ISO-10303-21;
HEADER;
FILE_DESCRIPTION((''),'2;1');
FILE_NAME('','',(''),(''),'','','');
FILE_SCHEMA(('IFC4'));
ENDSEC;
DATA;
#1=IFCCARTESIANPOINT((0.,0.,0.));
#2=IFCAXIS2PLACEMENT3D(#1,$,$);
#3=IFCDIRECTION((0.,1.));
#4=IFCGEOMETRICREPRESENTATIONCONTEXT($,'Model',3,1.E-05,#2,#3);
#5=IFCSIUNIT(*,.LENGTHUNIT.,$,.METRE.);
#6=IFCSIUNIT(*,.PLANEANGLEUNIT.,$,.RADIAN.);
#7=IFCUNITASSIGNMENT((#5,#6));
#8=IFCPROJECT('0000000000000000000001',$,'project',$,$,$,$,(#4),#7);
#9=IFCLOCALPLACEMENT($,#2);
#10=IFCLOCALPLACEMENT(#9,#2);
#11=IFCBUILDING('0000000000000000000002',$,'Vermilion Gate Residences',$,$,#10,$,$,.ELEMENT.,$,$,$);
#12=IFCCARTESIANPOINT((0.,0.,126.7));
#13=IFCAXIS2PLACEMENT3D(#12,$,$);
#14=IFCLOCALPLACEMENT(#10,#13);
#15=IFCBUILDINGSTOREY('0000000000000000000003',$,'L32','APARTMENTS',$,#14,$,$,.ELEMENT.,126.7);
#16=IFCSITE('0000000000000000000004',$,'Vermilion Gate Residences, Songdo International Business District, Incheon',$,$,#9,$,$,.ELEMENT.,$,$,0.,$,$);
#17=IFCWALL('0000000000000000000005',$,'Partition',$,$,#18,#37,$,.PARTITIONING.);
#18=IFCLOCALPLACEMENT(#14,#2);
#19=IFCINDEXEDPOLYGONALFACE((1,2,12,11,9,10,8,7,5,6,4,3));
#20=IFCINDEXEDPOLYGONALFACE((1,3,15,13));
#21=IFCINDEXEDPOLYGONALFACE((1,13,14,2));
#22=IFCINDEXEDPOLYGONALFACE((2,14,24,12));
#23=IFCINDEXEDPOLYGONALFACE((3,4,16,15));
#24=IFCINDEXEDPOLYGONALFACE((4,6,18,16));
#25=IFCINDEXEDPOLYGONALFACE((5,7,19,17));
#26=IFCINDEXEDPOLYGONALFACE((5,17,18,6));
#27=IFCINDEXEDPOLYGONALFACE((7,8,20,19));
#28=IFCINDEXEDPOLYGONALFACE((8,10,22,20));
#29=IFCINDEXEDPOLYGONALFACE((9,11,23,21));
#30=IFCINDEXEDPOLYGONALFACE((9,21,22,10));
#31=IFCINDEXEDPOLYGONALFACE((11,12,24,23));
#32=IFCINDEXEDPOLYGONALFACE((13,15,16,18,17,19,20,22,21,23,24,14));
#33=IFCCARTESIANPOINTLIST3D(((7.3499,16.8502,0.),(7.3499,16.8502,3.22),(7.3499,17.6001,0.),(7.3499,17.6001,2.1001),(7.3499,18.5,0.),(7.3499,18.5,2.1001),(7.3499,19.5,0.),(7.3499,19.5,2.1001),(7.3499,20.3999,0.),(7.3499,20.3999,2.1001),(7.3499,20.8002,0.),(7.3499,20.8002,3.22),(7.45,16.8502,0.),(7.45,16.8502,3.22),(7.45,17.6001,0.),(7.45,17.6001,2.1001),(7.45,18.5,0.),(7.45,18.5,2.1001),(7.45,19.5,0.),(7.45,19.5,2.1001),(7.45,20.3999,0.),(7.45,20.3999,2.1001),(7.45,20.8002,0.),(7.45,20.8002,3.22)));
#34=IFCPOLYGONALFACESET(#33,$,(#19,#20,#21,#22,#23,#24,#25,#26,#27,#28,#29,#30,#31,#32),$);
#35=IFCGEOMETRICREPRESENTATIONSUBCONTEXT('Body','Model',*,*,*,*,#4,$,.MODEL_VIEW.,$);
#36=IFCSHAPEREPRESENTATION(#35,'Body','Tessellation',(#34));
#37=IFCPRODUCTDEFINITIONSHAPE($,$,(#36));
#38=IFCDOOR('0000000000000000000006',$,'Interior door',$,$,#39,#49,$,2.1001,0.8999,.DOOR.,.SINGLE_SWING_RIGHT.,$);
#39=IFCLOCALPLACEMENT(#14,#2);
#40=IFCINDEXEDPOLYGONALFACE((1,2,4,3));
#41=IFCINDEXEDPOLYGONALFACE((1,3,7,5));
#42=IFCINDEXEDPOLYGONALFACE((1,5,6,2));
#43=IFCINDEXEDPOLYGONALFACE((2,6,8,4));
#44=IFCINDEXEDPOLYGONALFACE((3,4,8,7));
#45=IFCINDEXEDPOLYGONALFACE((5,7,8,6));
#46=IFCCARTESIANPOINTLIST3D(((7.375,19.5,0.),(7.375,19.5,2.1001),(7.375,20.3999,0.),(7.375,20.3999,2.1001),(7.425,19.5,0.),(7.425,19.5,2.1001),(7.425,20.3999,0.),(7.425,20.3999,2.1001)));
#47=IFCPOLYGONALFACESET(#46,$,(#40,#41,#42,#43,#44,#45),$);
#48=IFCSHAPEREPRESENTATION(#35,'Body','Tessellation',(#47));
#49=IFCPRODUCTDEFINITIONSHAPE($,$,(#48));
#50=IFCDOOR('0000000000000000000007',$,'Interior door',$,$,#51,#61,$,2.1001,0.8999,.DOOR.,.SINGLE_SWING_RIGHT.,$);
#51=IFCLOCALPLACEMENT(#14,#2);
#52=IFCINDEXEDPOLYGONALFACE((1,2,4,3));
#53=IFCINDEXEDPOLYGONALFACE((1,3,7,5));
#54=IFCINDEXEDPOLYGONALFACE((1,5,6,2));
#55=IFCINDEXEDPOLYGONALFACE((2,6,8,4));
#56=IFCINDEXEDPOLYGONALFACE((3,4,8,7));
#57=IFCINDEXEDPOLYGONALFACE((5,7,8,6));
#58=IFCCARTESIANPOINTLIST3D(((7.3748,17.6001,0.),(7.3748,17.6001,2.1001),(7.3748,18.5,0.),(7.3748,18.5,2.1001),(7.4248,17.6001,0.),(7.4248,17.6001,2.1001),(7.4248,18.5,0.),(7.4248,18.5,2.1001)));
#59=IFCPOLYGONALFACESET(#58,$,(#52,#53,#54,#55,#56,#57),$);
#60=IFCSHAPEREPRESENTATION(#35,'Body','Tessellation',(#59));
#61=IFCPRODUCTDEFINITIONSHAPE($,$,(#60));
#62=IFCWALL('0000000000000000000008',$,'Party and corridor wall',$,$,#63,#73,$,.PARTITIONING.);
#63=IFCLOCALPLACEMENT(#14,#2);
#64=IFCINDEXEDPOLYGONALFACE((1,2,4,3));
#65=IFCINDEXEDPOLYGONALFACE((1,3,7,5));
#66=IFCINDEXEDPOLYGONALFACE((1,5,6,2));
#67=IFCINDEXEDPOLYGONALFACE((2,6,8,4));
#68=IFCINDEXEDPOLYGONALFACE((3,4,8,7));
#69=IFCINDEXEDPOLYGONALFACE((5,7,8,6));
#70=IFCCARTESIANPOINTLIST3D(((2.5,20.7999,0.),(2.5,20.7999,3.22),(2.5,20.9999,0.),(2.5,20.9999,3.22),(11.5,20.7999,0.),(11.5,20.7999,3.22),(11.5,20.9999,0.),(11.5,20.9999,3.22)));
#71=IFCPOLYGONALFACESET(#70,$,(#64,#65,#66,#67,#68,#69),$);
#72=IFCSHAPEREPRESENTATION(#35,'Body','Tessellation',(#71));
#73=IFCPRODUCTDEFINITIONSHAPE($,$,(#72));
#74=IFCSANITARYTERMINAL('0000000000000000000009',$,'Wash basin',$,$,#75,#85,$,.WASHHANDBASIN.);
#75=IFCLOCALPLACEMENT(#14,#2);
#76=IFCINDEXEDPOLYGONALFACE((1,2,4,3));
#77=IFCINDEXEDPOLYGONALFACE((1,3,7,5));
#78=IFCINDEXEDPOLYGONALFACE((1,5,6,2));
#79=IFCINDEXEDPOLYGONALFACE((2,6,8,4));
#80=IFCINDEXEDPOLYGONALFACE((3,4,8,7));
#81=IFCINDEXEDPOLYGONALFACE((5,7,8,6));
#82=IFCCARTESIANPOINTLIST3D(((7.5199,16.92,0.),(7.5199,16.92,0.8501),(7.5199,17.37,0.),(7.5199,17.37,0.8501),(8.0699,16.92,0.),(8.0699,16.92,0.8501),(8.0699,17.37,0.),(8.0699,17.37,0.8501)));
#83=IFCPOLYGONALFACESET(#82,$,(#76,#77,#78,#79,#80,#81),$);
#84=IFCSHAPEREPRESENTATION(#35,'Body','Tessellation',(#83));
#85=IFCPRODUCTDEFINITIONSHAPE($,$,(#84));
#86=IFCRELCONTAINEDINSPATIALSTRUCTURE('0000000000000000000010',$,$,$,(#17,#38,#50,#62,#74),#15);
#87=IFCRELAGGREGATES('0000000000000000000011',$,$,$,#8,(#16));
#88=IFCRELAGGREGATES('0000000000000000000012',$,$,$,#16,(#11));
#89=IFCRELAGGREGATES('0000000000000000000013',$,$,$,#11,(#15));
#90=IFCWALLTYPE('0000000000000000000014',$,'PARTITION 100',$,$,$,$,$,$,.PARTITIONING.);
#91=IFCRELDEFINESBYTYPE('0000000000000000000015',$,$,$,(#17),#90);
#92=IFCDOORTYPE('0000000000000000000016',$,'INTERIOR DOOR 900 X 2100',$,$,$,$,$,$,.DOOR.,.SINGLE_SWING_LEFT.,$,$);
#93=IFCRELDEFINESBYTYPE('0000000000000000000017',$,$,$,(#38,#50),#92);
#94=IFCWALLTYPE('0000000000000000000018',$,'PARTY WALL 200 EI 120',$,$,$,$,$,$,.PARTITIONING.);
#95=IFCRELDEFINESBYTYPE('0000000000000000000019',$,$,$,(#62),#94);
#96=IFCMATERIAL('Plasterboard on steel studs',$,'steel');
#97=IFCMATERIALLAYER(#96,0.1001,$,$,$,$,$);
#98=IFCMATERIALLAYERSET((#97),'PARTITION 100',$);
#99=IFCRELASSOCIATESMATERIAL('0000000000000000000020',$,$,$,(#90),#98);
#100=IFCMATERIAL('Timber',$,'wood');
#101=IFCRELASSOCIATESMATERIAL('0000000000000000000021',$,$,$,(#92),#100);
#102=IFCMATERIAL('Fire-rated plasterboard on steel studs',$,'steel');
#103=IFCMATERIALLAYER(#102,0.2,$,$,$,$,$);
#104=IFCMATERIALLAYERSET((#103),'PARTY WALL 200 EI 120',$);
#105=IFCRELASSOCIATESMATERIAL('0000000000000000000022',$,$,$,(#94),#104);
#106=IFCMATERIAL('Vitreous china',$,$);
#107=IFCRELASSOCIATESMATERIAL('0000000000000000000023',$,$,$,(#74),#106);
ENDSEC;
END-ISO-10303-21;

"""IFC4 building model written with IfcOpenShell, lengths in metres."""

from ifc_helpers import new_model, si_unit, direction, frame, frame_2d, origin, origin_2d, place, context, subcontext, project, spatial, rectangle, extrude, material, layer, layer_set, type_object, element, fill, save


model = new_model("IFC4")

# Units and contexts
model_context = context("Model", 3, precision=1e-05, world=origin(), true_north=direction((0.0, 1.0)))
body_context = subcontext(model_context, "Body", "Model", "MODEL_VIEW")
ifc_project = project(units=[si_unit("LENGTHUNIT", "METRE"), si_unit("PLANEANGLEUNIT", "RADIAN")], contexts=[model_context])

# Site, building, storey
site_placement = place(None, origin())
site = spatial("IfcSite", under=ifc_project, at=site_placement, Name="Vermilion Gate Residences, Songdo International Business District, Incheon", CompositionType="ELEMENT", RefElevation=0.0)
building_placement = place(site_placement, origin())
building = spatial("IfcBuilding", under=site, at=building_placement, Name="Vermilion Gate Residences", CompositionType="ELEMENT")
storey_placement = place(building_placement, frame((0.0, 0.0, 126.7)))
storey = spatial("IfcBuildingStorey", under=building, at=storey_placement, Name="L32", Description="APARTMENTS", CompositionType="ELEMENT", Elevation=126.7)

# Shared definitions
ifc_material_1 = material(Name="Plasterboard on steel studs", Category="steel")
ifc_layer_1 = layer(ifc_material_1, 0.1001)
ifc_layer_set_1 = layer_set([ifc_layer_1], Name="PARTITION 100")
wall_type_1 = type_object("IfcWallType", Name="PARTITION 100", PredefinedType="PARTITIONING", material=ifc_layer_set_1)
ifc_material_2 = material(Name="Timber", Category="wood")
door_type = type_object("IfcDoorType", Name="INTERIOR DOOR 900 X 2100", OperationType="SINGLE_SWING_LEFT", PredefinedType="DOOR", material=ifc_material_2)

# Wall, openings, doors
wall_1_placement = place(storey_placement, frame((7.3999, 16.8501, 0.0), z_axis=(0.0, 0.0, 1.0), x_axis=(0.0, 1.0, 0.0)))
wall_1 = element("IfcWall", 1, at=wall_1_placement, inside=storey, type_object=wall_type_1, Name="Partition", PredefinedType="PARTITIONING", context=body_context, shape_type="SweptSolid", body=[
    extrude(rectangle(XDim=3.95, YDim=0.1001, at=frame_2d((1.9751, 0.0))), origin(), (0.0, 0.0, 1.0), 3.22),
])
opening_1_placement = place(wall_1_placement, frame((2.6499, 0.0, 0.0)))
opening_1 = element("IfcOpeningElement", 2, at=opening_1_placement, cuts=wall_1, PredefinedType="OPENING", context=body_context, shape_type="SweptSolid", body=[
    extrude(rectangle(XDim=0.8999, YDim=2.1001, at=frame_2d((0.45, 1.05))), frame((0.0, 0.0601, 0.0), z_axis=(0.0, -1.0, 0.0), x_axis=(1.0, 0.0, 0.0)), (0.0, 0.0, 1.0), 0.1201),
])
opening_2_placement = place(wall_1_placement, frame((0.75, 0.0, 0.0)))
opening_2 = element("IfcOpeningElement", 3, at=opening_2_placement, cuts=wall_1, PredefinedType="OPENING", context=body_context, shape_type="SweptSolid", body=[
    extrude(rectangle(XDim=0.8999, YDim=2.1001, at=frame_2d((0.45, 1.05))), frame((0.0, 0.0601, 0.0), z_axis=(0.0, -1.0, 0.0), x_axis=(1.0, 0.0, 0.0)), (0.0, 0.0, 1.0), 0.1201),
])
door_1_placement = place(opening_1_placement, origin())
door_1 = element("IfcDoor", 4, at=door_1_placement, inside=storey, type_object=door_type, Name="Interior door", OperationType="SINGLE_SWING_RIGHT", OverallHeight=2.1001, OverallWidth=0.8999, PredefinedType="DOOR", context=body_context, shape_type="SweptSolid", body=[
    extrude(rectangle(XDim=0.8999, YDim=2.1001, at=frame_2d((0.45, 1.05))), frame((0.0, 0.0249, 0.0), z_axis=(0.0, -1.0, 0.0), x_axis=(1.0, 0.0, 0.0)), (0.0, 0.0, 1.0), 0.05),
])
fill(opening_1, door_1)
door_2_placement = place(opening_2_placement, frame((0.8999, 0.0, 0.0), z_axis=(0.0, 0.0, 1.0), x_axis=(-1.0, 0.0, 0.0)))
door_2 = element("IfcDoor", 5, at=door_2_placement, inside=storey, type_object=door_type, Name="Interior door", OperationType="SINGLE_SWING_RIGHT", OverallHeight=2.1001, OverallWidth=0.8999, PredefinedType="DOOR", context=body_context, shape_type="SweptSolid", body=[
    extrude(rectangle(XDim=0.8999, YDim=2.1001, at=frame_2d((0.45, 1.05))), frame((0.0, 0.0249, 0.0), z_axis=(0.0, -1.0, 0.0), x_axis=(1.0, 0.0, 0.0)), (0.0, 0.0, 1.0), 0.05),
])
fill(opening_2, door_2)

# Wall
ifc_material_3 = material(Name="Fire-rated plasterboard on steel studs", Category="steel")
ifc_layer_2 = layer(ifc_material_3, 0.2)
ifc_layer_set_2 = layer_set([ifc_layer_2], Name="PARTY WALL 200 EI 120")
wall_type_2 = type_object("IfcWallType", Name="PARTY WALL 200 EI 120", PredefinedType="PARTITIONING", material=ifc_layer_set_2)
wall_2_placement = place(storey_placement, frame((2.5, 20.8999, 0.0), z_axis=(0.0, 0.0, 1.0), x_axis=(1.0, 0.0, 0.0)))
element("IfcWall", 6, at=wall_2_placement, inside=storey, type_object=wall_type_2, Name="Party and corridor wall", PredefinedType="PARTITIONING", context=body_context, shape_type="SweptSolid", body=[
    extrude(rectangle(XDim=9.0, YDim=0.2, at=frame_2d((4.5, 0.0))), origin(), (0.0, 0.0, 1.0), 3.22),
])

# Sanitary terminal
ifc_material_4 = material(Name="Vitreous china")
sanitary_terminal_placement = place(storey_placement, frame((7.7949, 17.145, 0.0), z_axis=(0.0, 0.0, 1.0), x_axis=(1.0, 0.0, 0.0)))
element("IfcSanitaryTerminal", 7, at=sanitary_terminal_placement, inside=storey, material=ifc_material_4, Name="Wash basin", PredefinedType="WASHHANDBASIN", context=body_context, shape_type="SweptSolid", body=[
    extrude(rectangle(XDim=0.55, YDim=0.45, at=origin_2d()), origin(), (0.0, 0.0, 1.0), 0.8501),
])

save(model, "model.ifc")
